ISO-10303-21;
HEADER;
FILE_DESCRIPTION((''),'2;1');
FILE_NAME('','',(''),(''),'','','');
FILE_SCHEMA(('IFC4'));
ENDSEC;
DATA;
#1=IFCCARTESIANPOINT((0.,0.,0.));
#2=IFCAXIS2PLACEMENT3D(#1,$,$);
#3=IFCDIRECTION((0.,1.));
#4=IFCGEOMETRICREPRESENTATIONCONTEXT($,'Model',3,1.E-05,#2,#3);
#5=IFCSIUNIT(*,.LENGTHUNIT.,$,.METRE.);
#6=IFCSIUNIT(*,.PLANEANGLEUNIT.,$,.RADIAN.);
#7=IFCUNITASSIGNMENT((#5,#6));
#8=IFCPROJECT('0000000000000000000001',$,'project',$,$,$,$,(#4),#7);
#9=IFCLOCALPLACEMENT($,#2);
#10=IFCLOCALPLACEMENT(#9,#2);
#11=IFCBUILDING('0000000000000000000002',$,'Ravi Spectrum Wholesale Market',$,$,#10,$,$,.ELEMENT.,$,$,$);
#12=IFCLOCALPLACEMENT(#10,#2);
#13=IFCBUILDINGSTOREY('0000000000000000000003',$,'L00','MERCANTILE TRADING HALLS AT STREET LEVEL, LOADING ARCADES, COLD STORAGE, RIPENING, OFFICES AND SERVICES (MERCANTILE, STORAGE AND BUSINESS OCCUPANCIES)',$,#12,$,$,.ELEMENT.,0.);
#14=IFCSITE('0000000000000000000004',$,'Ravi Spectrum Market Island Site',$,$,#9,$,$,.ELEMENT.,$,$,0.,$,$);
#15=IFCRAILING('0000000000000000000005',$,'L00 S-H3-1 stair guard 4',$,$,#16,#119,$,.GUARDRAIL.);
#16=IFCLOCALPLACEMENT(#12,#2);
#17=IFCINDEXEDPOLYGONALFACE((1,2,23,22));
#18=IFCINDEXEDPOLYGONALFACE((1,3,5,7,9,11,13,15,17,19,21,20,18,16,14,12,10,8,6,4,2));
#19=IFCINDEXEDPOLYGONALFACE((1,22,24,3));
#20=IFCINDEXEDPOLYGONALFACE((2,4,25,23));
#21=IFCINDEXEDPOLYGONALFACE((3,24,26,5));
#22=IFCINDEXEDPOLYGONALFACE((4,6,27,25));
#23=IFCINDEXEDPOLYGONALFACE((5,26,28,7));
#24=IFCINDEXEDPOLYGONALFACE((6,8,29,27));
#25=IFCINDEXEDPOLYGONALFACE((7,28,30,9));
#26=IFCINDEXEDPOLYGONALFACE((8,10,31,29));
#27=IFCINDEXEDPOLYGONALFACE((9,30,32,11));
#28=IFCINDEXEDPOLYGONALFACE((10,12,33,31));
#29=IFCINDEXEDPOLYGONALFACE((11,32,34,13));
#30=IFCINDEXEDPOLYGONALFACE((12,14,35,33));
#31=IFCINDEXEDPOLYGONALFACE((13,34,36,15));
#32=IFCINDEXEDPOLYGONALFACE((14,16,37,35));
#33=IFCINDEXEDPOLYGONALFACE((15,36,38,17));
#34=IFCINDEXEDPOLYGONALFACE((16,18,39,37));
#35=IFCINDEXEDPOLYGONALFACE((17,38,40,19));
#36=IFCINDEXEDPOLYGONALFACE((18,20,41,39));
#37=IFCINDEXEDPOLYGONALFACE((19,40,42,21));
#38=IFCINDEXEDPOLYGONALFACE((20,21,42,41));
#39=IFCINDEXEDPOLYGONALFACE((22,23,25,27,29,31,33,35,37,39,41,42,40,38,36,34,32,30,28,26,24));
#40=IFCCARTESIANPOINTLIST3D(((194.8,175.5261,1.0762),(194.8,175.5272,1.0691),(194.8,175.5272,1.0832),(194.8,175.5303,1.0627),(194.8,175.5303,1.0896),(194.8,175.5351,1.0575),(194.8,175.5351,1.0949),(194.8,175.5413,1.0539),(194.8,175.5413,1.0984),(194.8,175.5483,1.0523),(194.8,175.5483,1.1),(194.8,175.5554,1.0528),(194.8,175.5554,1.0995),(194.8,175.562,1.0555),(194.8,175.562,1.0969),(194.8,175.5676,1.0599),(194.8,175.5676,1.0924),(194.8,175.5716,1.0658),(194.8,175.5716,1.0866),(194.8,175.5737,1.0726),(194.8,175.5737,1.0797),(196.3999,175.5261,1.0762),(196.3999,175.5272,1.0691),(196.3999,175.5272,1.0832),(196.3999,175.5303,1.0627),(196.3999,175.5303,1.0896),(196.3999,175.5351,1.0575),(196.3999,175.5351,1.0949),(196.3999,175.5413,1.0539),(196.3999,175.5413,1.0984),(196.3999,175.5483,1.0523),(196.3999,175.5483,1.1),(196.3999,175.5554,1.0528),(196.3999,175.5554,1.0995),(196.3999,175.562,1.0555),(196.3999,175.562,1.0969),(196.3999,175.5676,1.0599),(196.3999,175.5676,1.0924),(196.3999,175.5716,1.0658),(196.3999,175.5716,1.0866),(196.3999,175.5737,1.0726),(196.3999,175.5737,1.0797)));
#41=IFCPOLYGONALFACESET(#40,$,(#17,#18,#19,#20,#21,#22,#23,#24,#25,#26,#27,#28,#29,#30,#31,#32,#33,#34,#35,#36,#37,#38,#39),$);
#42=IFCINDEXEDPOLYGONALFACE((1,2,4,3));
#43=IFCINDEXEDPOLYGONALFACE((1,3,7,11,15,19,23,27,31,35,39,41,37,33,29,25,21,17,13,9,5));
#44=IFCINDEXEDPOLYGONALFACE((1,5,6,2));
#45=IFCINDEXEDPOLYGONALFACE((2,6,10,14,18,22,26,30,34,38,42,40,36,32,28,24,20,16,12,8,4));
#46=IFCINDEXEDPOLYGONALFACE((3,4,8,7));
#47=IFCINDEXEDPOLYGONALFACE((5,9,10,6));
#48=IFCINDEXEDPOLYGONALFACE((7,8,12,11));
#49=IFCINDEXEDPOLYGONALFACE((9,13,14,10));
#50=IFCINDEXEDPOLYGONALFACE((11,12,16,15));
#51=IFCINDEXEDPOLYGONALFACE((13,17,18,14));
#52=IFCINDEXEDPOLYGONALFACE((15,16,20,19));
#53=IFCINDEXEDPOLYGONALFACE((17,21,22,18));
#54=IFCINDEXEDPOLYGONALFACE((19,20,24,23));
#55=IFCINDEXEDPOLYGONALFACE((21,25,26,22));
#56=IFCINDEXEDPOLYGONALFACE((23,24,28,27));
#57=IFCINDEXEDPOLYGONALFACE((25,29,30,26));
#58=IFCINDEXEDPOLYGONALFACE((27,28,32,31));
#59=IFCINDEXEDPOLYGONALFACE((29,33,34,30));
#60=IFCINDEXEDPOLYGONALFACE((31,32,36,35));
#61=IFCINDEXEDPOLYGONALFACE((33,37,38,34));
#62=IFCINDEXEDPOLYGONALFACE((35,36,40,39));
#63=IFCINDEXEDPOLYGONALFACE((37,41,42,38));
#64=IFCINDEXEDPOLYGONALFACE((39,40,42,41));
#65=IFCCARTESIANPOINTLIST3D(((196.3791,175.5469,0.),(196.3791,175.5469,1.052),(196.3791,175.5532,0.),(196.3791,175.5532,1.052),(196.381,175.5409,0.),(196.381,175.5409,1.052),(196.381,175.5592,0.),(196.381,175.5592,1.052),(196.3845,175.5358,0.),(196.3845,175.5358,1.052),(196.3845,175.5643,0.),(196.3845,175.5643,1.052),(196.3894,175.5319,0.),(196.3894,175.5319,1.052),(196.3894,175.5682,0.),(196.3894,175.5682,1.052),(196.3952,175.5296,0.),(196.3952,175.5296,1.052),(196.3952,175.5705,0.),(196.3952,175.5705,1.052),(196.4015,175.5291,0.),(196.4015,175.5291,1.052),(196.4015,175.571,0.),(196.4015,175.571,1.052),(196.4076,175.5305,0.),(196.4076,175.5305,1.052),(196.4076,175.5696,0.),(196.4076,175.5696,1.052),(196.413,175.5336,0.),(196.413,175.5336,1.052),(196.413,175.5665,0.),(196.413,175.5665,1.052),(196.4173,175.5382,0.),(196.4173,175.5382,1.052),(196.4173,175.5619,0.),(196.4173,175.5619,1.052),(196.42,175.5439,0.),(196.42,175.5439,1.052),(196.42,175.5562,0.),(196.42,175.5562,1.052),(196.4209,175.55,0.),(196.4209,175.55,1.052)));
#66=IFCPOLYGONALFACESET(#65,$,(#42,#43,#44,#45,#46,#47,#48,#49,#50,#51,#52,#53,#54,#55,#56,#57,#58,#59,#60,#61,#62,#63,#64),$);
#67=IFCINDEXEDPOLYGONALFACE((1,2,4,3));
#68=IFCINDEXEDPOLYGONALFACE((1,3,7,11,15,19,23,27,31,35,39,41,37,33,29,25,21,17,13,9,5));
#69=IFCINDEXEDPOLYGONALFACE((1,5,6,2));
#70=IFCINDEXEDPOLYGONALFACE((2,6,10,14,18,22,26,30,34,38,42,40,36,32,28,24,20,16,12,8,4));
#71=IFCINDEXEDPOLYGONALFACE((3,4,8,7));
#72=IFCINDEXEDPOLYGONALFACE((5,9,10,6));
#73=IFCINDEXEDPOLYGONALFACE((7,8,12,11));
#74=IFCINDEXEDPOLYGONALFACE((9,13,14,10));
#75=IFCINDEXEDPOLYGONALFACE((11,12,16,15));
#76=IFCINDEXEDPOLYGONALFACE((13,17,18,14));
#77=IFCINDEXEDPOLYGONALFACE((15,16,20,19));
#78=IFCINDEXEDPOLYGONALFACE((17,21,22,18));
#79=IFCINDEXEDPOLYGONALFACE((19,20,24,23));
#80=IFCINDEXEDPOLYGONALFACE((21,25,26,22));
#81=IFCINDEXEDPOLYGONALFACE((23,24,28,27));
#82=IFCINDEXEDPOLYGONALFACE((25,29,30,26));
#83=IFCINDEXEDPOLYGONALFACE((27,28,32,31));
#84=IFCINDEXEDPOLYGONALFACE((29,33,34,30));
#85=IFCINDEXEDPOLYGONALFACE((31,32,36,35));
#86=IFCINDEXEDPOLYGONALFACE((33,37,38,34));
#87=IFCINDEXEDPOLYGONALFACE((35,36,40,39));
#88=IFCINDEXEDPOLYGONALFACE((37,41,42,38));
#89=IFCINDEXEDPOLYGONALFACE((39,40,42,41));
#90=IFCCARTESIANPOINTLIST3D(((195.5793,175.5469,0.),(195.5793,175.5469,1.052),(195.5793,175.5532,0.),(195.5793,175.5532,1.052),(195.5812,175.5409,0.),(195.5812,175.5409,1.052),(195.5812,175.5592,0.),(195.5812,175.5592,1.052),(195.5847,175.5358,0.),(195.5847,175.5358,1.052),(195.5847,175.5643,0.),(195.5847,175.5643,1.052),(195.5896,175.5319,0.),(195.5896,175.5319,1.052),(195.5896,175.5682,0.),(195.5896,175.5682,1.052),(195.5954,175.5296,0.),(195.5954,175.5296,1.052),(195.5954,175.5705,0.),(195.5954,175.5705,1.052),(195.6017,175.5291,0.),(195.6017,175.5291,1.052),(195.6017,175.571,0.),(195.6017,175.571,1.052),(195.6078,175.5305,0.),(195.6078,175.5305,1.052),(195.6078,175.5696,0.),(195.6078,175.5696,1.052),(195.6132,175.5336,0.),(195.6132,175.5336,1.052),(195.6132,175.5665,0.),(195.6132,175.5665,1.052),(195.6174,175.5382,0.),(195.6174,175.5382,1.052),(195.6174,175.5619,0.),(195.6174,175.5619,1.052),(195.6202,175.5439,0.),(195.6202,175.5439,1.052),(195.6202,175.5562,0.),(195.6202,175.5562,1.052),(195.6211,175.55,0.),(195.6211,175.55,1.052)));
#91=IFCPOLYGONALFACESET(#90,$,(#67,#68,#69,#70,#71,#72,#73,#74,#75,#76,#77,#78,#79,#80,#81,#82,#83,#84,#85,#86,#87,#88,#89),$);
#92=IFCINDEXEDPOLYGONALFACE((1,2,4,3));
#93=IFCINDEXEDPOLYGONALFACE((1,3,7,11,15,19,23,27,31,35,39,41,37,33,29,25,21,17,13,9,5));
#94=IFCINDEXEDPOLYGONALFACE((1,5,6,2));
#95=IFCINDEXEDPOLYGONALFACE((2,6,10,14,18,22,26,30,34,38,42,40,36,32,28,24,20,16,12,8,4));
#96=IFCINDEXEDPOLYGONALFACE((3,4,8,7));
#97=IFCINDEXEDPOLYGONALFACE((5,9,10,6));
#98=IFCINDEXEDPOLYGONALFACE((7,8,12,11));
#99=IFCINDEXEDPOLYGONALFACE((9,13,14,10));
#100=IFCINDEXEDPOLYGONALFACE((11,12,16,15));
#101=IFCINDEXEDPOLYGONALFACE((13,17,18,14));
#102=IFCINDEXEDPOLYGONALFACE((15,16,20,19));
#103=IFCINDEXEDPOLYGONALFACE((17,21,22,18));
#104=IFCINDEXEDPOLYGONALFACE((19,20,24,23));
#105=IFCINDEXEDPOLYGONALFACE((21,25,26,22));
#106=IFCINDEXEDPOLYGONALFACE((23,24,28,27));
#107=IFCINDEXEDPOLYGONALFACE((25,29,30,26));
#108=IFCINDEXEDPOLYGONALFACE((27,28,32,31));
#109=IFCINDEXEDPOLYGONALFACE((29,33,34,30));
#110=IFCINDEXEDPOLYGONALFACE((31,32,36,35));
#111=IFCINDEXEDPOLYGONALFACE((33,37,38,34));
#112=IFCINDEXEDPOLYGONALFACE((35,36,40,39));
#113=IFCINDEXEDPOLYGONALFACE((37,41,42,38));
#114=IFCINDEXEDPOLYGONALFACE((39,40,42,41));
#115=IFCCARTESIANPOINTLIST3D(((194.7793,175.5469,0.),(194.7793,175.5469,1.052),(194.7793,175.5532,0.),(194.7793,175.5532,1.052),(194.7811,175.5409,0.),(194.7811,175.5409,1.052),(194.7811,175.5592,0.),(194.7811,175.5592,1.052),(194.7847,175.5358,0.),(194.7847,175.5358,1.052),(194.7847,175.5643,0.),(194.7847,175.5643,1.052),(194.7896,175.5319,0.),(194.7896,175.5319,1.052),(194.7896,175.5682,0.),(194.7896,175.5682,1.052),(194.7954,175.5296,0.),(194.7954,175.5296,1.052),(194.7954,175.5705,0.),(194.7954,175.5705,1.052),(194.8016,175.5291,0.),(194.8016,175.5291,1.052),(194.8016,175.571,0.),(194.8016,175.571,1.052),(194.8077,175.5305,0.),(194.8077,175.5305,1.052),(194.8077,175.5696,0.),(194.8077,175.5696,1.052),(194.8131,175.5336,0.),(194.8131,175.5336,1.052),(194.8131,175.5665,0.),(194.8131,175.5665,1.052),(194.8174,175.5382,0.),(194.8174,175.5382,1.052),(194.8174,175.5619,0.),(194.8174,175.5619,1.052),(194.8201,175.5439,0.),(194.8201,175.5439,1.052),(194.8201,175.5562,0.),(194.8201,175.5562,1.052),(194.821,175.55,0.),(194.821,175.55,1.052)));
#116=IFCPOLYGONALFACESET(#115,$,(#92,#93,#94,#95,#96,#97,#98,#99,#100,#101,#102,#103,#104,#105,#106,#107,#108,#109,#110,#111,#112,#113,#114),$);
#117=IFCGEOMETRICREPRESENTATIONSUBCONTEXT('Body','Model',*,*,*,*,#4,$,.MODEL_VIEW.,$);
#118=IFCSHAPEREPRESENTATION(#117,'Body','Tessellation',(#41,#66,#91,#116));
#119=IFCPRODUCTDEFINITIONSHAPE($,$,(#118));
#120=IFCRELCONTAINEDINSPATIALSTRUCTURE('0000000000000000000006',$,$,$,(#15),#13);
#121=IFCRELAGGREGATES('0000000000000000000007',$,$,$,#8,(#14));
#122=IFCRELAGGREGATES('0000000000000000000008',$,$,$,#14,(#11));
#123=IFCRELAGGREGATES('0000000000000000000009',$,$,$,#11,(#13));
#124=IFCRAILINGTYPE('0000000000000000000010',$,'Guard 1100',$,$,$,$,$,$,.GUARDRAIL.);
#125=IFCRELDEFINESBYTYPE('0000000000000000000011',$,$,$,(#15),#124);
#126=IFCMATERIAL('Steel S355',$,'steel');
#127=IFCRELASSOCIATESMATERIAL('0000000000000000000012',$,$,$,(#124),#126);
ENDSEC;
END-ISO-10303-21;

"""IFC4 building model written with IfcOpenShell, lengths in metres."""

from ifc_helpers import new_model, si_unit, direction, frame, origin, origin_2d, place, context, subcontext, project, spatial, circle, extrude, material, type_object, element, save


model = new_model("IFC4")

# Units and contexts
model_context = context("Model", 3, precision=1e-05, world=origin(), true_north=direction((0.0, 1.0)))
body_context = subcontext(model_context, "Body", "Model", "MODEL_VIEW")
ifc_project = project(units=[si_unit("LENGTHUNIT", "METRE"), si_unit("PLANEANGLEUNIT", "RADIAN")], contexts=[model_context])

# Site, building, storey
site_placement = place(None, origin())
site = spatial("IfcSite", under=ifc_project, at=site_placement, Name="Ravi Spectrum Market Island Site", CompositionType="ELEMENT", RefElevation=0.0)
building_placement = place(site_placement, origin())
building = spatial("IfcBuilding", under=site, at=building_placement, Name="Ravi Spectrum Wholesale Market", CompositionType="ELEMENT")
storey_placement = place(building_placement, origin())
storey = spatial("IfcBuildingStorey", under=building, at=storey_placement, Name="L00", Description="MERCANTILE TRADING HALLS AT STREET LEVEL, LOADING ARCADES, COLD STORAGE, RIPENING, OFFICES AND SERVICES (MERCANTILE, STORAGE AND BUSINESS OCCUPANCIES)", CompositionType="ELEMENT", Elevation=0.0)

# Railing
ifc_material_1 = material(Name="Steel S355", Category="steel")
railing_type_1 = type_object("IfcRailingType", Name="Guard 1100", PredefinedType="GUARDRAIL", material=ifc_material_1)
railing_1_placement = place(storey_placement, frame((196.3999, 175.55, 0.0)))
element("IfcRailing", 1, at=railing_1_placement, inside=storey, type_object=railing_type_1, Name="L00 S-H3-1 stair guard 4", PredefinedType="GUARDRAIL", context=body_context, shape_type="SweptSolid", body=[
    extrude(circle(Radius=0.0239, at=origin_2d()), frame((0.0, 0.0, 1.0762), z_axis=(-1.0, 0.0, 0.0), x_axis=(0.0, -1.0, 0.0)), (0.0, 0.0, 1.0), 1.5999),
    extrude(circle(Radius=0.021, at=origin_2d()), origin(), (0.0, 0.0, 1.0), 1.052),
    extrude(circle(Radius=0.021, at=origin_2d()), frame((-0.7998, 0.0, 0.0)), (0.0, 0.0, 1.0), 1.052),
    extrude(circle(Radius=0.021, at=origin_2d()), frame((-1.5999, 0.0, 0.0)), (0.0, 0.0, 1.0), 1.052),
])

save(model, "model.ifc")
